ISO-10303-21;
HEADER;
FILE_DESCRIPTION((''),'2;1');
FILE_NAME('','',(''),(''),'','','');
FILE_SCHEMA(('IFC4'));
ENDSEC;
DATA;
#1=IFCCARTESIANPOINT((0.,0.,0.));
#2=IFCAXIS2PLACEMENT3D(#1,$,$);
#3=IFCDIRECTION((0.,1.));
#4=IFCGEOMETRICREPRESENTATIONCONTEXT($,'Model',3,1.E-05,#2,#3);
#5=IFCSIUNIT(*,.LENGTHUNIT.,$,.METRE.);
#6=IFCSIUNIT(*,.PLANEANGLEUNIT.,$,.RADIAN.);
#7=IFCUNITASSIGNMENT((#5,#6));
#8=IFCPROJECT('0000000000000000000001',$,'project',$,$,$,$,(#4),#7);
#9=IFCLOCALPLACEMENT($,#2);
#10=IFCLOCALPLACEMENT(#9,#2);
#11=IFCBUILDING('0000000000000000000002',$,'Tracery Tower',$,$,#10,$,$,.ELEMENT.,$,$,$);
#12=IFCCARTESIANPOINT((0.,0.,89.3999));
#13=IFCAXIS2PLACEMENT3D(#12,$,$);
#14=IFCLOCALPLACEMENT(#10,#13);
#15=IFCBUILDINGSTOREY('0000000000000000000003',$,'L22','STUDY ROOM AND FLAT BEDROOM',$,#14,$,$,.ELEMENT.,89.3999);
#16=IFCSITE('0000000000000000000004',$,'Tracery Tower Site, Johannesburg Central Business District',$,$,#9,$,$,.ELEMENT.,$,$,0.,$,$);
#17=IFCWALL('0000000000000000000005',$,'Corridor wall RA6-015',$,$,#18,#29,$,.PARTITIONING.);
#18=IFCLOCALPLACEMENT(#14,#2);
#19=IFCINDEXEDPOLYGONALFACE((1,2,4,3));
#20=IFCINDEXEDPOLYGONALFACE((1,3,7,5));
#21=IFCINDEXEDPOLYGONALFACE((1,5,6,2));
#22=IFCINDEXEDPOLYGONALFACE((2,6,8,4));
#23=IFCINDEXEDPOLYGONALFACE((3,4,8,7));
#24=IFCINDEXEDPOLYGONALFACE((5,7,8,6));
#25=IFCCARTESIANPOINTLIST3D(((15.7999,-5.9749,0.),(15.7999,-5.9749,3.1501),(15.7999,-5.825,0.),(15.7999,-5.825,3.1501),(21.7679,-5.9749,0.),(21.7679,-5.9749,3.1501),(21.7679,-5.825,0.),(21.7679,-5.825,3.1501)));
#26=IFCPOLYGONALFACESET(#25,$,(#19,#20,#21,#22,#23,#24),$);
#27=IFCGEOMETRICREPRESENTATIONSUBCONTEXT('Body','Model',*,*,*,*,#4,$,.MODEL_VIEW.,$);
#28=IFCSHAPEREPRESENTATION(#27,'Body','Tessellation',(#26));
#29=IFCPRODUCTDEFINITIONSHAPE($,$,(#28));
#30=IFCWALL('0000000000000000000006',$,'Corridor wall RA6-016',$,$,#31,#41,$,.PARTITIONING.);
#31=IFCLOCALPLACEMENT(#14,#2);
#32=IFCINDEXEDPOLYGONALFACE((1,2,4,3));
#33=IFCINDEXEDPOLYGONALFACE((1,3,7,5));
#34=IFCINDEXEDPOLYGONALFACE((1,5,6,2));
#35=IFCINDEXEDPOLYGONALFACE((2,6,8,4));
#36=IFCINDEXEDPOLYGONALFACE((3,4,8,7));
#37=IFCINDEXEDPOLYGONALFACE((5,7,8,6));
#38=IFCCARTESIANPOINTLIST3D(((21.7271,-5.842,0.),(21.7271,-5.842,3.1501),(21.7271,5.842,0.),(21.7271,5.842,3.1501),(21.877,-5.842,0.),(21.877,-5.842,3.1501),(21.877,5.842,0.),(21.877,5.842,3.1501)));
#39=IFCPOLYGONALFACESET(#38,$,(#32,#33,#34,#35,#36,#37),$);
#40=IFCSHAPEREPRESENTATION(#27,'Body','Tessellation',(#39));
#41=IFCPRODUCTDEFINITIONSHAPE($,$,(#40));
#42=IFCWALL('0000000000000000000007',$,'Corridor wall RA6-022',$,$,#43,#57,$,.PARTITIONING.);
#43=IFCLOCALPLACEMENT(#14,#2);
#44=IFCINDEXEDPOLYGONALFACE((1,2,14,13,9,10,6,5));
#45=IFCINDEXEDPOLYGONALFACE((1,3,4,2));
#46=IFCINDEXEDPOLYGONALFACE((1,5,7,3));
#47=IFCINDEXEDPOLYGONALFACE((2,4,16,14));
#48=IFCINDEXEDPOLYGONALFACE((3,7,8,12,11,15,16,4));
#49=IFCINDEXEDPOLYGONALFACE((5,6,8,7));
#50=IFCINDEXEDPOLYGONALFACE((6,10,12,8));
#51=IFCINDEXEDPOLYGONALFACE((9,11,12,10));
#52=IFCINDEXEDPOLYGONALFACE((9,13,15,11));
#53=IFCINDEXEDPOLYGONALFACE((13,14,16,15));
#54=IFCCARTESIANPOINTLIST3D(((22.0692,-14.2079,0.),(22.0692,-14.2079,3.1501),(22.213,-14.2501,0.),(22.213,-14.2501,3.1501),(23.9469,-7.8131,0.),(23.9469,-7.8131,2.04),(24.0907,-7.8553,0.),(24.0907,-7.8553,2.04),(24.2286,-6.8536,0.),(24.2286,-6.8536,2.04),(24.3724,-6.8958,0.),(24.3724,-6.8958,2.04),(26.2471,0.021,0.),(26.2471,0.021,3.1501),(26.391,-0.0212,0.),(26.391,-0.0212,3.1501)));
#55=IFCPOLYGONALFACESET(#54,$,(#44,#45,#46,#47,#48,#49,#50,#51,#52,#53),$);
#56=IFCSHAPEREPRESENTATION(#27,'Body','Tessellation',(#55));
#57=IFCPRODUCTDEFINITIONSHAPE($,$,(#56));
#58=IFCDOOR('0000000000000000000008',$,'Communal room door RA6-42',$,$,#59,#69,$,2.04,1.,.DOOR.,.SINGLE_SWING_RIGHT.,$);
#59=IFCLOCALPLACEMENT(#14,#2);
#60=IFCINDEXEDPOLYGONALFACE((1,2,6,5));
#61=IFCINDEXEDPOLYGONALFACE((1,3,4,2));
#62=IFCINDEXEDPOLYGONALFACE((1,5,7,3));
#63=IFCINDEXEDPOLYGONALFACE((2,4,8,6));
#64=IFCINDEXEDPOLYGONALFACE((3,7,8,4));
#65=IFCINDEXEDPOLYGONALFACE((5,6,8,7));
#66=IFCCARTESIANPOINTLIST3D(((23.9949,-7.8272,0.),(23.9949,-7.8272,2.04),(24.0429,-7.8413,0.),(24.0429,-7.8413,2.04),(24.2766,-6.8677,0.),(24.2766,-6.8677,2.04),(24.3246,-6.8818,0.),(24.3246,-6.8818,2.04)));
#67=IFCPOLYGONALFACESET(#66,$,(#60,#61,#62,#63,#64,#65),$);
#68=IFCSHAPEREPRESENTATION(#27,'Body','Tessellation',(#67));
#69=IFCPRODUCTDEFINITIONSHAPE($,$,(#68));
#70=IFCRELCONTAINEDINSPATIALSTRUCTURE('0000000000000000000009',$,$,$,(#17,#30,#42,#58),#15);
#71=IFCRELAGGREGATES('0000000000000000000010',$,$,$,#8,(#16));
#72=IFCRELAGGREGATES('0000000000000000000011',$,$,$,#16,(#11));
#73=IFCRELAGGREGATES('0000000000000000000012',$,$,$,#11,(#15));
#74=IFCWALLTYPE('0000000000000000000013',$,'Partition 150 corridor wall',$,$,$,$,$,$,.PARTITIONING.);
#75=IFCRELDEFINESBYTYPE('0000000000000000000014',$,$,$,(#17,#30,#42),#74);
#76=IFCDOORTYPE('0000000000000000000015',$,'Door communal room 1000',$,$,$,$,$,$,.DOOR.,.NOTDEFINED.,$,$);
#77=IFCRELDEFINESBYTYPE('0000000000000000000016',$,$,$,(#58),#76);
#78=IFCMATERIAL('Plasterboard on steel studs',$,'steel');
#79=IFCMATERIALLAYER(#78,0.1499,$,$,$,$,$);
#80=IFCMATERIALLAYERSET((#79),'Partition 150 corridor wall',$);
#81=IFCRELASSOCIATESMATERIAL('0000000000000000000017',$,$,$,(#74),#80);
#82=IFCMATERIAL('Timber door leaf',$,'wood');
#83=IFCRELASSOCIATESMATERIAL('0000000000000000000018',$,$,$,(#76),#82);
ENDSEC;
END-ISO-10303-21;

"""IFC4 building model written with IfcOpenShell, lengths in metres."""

from ifc_helpers import new_model, si_unit, direction, frame, frame_2d, origin, place, context, subcontext, project, spatial, rectangle, extrude, material, layer, layer_set, type_object, element, fill, save


model = new_model("IFC4")

# Units and contexts
model_context = context("Model", 3, precision=1e-05, world=origin(), true_north=direction((0.0, 1.0)))
body_context = subcontext(model_context, "Body", "Model", "MODEL_VIEW")
ifc_project = project(units=[si_unit("LENGTHUNIT", "METRE"), si_unit("PLANEANGLEUNIT", "RADIAN")], contexts=[model_context])

# Site, building, storey
site_placement = place(None, origin())
site = spatial("IfcSite", under=ifc_project, at=site_placement, Name="Tracery Tower Site, Johannesburg Central Business District", CompositionType="ELEMENT", RefElevation=0.0)
building_placement = place(site_placement, origin())
building = spatial("IfcBuilding", under=site, at=building_placement, Name="Tracery Tower", CompositionType="ELEMENT")
storey_placement = place(building_placement, frame((0.0, 0.0, 89.3999)))
storey = spatial("IfcBuildingStorey", under=building, at=storey_placement, Name="L22", Description="STUDY ROOM AND FLAT BEDROOM", CompositionType="ELEMENT", Elevation=89.3999)

# Shared definitions
ifc_material_1 = material(Name="Plasterboard on steel studs", Category="steel")
ifc_layer_1 = layer(ifc_material_1, 0.1499)
ifc_layer_set_1 = layer_set([ifc_layer_1], Name="Partition 150 corridor wall")
wall_type_1 = type_object("IfcWallType", Name="Partition 150 corridor wall", PredefinedType="PARTITIONING", material=ifc_layer_set_1)

# Shared definitions
ifc_material_2 = material(Name="Timber door leaf", Category="wood")
door_type_1 = type_object("IfcDoorType", Name="Door communal room 1000", OperationType="NOTDEFINED", PredefinedType="DOOR", material=ifc_material_2)

# Walls
wall_1_placement = place(storey_placement, frame((15.8, -5.8999, 0.0), z_axis=(0.0, 0.0, 1.0), x_axis=(1.0, 0.0, 0.0)))
element("IfcWall", 1, at=wall_1_placement, inside=storey, type_object=wall_type_1, Name="Corridor wall RA6-015", PredefinedType="PARTITIONING", context=body_context, shape_type="SweptSolid", body=[
    extrude(rectangle(XDim=5.968, YDim=0.1499, at=frame_2d((2.9839, 0.0))), origin(), (0.0, 0.0, 1.0), 3.1501),
])
wall_2_placement = place(storey_placement, frame((21.802, -5.842, 0.0), z_axis=(0.0, 0.0, 1.0), x_axis=(0.0, 1.0, 0.0)))
element("IfcWall", 2, at=wall_2_placement, inside=storey, type_object=wall_type_1, Name="Corridor wall RA6-016", PredefinedType="PARTITIONING", context=body_context, shape_type="SweptSolid", body=[
    extrude(rectangle(XDim=11.6841, YDim=0.1499, at=frame_2d((5.842, 0.0))), origin(), (0.0, 0.0, 1.0), 3.1501),
])

# Wall, opening, door
wall_3_placement = place(storey_placement, frame((22.1411, -14.229, 0.0), z_axis=(0.0, 0.0, 1.0), x_axis=(0.28173, 0.959494, 0.0)))
wall_3 = element("IfcWall", 3, at=wall_3_placement, inside=storey, type_object=wall_type_1, Name="Corridor wall RA6-022", PredefinedType="PARTITIONING", context=body_context, shape_type="SweptSolid", body=[
    extrude(rectangle(XDim=14.8296, YDim=0.1499, at=frame_2d((7.4148, 0.0))), origin(), (0.0, 0.0, 1.0), 3.1501),
])
opening_1_placement = place(wall_3_placement, frame((6.6648, 0.0, 0.0)))
opening_1 = element("IfcOpeningElement", 4, at=opening_1_placement, cuts=wall_3, PredefinedType="OPENING", context=body_context, shape_type="SweptSolid", body=[
    extrude(rectangle(XDim=1.0, YDim=2.04, at=frame_2d((0.5, 1.02))), frame((0.0, 0.075, 0.0), z_axis=(0.0, -1.0, 0.0), x_axis=(1.0, 0.0, 0.0)), (0.0, 0.0, 1.0), 0.1499),
])
door_1_placement = place(opening_1_placement, origin())
door_1 = element("IfcDoor", 5, at=door_1_placement, inside=storey, type_object=door_type_1, Name="Communal room door RA6-42", OperationType="SINGLE_SWING_RIGHT", OverallHeight=2.04, OverallWidth=1.0, PredefinedType="DOOR", context=body_context, shape_type="SweptSolid", body=[
    extrude(rectangle(XDim=1.0, YDim=2.04, at=frame_2d((0.5, 1.02))), frame((0.0, 0.0249, 0.0), z_axis=(0.0, -1.0, 0.0), x_axis=(1.0, 0.0, 0.0)), (0.0, 0.0, 1.0), 0.05),
])
fill(opening_1, door_1)

save(model, "model.ifc")
